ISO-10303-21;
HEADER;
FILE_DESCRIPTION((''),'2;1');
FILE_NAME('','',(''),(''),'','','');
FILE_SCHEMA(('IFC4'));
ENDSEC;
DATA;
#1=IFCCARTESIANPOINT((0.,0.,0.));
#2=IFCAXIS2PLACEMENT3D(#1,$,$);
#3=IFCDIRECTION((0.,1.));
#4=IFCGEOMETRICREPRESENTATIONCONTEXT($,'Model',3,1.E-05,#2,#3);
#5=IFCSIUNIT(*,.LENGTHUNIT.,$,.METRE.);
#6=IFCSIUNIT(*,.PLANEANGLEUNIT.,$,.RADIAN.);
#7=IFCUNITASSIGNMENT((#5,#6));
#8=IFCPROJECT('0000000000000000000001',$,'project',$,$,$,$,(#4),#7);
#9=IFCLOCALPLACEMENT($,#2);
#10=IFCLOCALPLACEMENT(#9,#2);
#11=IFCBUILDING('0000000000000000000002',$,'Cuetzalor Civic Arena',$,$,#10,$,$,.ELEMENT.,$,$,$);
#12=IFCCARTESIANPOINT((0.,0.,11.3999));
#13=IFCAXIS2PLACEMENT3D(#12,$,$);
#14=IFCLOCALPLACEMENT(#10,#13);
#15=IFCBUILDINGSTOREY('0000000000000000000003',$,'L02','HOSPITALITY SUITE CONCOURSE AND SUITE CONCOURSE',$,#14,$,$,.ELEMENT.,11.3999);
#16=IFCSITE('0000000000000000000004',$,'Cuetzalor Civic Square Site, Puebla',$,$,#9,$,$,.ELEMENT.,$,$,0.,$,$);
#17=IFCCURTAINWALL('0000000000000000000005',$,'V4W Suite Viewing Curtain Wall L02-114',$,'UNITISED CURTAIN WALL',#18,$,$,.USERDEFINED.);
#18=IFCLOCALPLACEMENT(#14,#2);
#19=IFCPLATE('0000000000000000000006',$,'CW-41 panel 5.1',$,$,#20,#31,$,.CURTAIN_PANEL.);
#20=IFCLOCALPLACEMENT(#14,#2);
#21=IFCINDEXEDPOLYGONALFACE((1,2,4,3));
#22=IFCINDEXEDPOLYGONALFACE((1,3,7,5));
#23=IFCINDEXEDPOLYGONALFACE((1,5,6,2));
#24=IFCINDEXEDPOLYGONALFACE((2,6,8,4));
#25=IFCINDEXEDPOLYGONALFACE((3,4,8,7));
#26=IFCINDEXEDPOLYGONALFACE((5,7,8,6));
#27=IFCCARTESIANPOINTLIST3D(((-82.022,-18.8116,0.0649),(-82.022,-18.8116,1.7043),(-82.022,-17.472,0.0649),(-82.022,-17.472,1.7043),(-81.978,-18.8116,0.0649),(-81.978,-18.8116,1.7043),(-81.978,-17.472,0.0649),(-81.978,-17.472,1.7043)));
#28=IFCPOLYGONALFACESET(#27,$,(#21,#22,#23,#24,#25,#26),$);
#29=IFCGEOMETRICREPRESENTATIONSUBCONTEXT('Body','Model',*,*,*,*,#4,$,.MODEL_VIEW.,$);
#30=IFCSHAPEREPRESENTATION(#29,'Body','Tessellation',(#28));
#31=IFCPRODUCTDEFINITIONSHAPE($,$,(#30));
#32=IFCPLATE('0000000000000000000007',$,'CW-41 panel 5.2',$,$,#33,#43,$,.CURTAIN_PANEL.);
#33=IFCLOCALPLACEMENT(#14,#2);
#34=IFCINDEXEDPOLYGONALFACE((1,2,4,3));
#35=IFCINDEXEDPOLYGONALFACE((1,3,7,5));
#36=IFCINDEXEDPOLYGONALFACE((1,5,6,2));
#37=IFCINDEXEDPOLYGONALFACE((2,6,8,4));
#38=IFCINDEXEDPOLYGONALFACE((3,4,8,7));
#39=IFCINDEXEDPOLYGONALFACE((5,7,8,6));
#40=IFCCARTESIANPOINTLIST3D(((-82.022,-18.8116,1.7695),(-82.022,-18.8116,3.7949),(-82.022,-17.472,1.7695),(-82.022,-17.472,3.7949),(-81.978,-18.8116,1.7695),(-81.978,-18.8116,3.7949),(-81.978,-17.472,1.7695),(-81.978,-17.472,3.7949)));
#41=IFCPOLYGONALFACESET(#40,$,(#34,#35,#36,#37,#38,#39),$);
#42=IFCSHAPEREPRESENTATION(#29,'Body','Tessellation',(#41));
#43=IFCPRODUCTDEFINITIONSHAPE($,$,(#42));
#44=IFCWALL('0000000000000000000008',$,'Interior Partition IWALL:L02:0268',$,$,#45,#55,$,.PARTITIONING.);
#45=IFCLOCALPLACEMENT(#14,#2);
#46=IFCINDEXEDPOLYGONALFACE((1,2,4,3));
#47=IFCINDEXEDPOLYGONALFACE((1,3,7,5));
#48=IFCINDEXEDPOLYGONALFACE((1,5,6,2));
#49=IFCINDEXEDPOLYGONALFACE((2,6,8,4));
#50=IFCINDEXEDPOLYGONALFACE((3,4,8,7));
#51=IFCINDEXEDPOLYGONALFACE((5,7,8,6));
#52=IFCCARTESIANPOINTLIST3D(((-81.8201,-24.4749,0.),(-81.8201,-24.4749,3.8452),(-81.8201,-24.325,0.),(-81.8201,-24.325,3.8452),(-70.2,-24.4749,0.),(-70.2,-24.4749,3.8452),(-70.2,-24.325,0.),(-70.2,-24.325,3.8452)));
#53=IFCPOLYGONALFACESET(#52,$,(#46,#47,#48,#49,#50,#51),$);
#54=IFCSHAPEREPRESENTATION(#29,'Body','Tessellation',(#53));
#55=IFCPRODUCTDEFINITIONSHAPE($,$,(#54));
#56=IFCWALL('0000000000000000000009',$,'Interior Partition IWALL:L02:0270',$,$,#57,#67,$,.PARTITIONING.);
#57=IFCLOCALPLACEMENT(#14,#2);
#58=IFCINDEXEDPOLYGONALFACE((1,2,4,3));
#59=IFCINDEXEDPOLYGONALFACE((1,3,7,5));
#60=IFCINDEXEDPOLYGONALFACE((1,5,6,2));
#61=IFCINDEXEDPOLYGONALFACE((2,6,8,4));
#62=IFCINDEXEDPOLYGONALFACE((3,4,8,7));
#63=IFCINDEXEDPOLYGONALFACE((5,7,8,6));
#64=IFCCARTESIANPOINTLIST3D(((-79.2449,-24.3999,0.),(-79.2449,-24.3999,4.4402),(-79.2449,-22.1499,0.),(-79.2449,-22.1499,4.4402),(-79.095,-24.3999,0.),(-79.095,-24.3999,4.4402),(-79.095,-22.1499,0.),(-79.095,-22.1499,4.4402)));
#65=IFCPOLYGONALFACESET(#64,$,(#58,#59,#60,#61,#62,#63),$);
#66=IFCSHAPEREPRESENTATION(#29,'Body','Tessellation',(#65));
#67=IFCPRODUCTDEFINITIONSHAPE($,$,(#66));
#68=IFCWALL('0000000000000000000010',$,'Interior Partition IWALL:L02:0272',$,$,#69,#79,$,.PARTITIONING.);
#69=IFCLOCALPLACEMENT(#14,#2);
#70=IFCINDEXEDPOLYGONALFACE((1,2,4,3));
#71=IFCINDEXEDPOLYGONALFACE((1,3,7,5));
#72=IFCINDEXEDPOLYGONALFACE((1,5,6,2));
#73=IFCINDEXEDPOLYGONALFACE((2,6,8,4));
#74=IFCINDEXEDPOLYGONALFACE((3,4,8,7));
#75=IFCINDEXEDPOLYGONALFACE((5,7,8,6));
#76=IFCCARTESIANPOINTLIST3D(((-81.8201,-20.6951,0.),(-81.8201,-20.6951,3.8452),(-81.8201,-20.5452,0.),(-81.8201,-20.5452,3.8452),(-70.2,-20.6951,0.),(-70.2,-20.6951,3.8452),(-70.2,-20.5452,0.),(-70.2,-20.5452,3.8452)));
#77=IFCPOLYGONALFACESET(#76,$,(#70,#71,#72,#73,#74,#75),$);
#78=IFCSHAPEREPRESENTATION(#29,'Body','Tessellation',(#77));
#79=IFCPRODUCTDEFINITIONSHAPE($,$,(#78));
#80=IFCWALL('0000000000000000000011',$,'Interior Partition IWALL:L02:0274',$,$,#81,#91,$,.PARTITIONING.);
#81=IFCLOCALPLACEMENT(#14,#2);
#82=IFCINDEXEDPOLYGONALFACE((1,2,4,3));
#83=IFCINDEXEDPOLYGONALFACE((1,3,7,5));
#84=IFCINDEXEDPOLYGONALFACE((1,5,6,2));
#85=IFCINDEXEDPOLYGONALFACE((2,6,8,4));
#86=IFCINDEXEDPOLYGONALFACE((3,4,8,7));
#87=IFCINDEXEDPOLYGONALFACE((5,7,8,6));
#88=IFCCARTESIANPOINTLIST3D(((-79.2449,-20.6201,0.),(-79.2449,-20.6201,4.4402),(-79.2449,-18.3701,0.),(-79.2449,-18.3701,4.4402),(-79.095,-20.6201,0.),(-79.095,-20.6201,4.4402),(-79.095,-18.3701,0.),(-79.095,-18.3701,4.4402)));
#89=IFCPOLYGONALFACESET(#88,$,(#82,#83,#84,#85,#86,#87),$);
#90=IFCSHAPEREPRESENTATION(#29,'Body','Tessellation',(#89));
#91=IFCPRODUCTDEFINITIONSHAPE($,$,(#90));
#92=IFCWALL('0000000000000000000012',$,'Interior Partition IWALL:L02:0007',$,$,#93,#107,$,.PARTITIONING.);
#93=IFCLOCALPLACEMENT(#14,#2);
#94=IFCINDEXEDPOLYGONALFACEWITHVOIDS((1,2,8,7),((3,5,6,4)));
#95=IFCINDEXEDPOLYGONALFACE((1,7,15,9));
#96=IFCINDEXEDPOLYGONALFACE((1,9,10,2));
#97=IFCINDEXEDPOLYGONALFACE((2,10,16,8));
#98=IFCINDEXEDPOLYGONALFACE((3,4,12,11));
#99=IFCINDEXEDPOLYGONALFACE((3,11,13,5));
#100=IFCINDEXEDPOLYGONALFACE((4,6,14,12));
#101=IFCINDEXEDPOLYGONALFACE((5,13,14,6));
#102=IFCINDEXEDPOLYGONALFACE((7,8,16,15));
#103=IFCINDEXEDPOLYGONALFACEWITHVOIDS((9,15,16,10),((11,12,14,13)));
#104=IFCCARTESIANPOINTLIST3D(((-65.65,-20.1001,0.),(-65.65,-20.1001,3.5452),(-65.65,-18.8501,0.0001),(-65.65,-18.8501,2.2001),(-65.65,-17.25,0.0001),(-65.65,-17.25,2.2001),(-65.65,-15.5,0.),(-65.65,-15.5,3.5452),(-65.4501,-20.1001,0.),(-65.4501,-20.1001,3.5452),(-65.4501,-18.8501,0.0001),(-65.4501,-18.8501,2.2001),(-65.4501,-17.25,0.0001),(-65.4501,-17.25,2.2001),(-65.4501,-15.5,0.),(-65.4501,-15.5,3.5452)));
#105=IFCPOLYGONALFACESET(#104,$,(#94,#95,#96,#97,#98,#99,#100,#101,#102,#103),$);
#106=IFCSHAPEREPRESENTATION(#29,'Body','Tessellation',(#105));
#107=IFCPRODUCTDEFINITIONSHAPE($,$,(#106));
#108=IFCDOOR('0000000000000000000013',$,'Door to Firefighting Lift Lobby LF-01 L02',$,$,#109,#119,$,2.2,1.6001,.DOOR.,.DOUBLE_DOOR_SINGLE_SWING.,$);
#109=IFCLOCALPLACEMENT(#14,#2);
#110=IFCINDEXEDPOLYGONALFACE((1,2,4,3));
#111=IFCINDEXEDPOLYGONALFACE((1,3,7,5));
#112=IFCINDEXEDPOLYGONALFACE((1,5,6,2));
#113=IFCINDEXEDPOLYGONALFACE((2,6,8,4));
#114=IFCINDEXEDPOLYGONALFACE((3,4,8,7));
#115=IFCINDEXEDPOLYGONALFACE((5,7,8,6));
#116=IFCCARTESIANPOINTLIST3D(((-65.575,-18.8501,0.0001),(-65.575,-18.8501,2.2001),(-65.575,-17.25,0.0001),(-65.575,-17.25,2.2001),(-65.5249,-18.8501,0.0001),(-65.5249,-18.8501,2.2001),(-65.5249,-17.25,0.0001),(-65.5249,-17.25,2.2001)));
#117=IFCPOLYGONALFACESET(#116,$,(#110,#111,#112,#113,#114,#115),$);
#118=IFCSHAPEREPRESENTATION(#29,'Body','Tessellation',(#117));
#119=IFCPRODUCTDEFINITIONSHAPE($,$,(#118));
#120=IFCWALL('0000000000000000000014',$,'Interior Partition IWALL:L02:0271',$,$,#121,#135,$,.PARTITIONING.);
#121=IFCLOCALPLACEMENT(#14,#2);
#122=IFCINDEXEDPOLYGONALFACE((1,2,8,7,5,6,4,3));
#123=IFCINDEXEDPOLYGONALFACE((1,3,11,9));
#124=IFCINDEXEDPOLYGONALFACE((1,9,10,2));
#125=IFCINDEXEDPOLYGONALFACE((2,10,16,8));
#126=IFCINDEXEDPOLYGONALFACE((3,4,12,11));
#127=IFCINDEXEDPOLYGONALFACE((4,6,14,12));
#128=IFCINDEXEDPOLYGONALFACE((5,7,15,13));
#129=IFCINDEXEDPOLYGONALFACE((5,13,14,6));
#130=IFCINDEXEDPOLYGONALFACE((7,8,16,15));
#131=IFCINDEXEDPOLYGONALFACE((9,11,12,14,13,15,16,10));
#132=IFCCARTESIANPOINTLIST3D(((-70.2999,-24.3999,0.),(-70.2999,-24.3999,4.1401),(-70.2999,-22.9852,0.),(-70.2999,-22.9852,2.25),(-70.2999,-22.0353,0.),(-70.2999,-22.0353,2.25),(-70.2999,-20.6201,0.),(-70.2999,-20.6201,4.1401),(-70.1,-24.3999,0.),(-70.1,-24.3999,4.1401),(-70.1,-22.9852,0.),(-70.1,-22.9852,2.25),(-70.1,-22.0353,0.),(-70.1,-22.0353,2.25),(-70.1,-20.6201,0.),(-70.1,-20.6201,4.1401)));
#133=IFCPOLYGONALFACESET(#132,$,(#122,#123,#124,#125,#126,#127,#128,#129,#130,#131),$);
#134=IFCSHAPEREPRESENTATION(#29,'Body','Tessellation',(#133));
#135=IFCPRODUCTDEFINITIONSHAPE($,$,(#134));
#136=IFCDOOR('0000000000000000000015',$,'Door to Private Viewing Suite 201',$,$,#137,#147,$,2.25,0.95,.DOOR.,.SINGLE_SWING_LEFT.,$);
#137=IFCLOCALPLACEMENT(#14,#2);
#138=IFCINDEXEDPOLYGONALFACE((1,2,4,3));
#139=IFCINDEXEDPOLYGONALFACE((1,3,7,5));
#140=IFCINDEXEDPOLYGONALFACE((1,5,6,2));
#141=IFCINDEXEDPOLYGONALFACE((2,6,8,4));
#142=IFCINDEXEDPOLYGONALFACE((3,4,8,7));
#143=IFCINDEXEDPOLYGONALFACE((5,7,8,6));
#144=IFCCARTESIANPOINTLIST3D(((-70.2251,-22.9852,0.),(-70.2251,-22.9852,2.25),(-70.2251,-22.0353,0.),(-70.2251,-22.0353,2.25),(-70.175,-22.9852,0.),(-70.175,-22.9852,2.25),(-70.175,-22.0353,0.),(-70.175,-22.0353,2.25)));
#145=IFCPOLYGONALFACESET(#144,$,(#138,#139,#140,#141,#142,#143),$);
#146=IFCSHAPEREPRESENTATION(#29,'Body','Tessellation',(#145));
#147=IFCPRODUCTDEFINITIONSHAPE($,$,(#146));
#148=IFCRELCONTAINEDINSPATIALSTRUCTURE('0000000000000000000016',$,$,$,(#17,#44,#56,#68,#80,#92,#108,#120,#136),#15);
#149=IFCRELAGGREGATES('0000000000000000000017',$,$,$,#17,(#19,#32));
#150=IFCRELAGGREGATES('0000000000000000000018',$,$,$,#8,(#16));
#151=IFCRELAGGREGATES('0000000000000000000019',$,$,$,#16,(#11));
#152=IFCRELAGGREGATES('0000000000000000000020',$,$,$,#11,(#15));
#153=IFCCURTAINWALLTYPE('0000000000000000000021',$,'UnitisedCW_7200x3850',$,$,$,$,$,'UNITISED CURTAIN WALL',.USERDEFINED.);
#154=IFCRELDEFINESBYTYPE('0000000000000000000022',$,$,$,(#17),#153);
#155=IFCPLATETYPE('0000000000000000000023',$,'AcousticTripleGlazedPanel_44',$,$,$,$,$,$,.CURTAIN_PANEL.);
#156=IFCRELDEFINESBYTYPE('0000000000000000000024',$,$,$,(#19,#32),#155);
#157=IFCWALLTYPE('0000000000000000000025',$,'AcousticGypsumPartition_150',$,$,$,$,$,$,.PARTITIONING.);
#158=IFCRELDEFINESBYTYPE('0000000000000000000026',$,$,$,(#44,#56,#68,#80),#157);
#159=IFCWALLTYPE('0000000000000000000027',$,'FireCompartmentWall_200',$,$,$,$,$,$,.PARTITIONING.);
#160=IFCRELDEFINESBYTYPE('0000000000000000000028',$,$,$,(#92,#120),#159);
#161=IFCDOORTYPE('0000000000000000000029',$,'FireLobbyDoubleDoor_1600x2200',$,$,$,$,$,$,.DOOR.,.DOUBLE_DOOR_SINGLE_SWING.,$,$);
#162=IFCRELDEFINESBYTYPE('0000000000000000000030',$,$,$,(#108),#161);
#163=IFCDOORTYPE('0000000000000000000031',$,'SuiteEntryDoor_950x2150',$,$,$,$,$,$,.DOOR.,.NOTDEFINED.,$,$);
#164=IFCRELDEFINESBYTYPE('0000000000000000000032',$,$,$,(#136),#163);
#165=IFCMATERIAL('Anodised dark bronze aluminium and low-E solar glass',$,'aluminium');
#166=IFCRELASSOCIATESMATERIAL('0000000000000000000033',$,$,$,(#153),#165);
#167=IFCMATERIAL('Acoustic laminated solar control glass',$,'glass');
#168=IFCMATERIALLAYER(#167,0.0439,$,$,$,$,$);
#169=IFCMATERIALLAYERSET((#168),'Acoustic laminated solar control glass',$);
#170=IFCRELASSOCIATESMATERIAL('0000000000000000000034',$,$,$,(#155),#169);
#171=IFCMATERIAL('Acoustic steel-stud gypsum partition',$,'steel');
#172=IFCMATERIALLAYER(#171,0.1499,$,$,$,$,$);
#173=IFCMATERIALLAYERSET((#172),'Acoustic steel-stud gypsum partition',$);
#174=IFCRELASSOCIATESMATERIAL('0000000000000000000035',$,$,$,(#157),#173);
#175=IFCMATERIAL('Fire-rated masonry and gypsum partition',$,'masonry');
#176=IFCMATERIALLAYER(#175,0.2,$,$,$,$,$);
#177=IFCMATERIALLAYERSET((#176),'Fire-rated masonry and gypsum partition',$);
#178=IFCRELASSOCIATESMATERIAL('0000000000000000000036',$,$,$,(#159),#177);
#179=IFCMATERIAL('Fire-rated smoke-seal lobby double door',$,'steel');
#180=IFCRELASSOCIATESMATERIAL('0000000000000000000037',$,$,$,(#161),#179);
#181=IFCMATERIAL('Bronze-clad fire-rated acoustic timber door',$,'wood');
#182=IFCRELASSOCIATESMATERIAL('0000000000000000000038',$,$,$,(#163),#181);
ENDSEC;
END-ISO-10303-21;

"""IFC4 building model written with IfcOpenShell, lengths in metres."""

from ifc_helpers import new_model, si_unit, direction, frame, frame_2d, origin, origin_2d, place, context, subcontext, project, spatial, rectangle, extrude, material, layer, layer_set, type_object, element, fill, aggregate, save


model = new_model("IFC4")

# Units and contexts
model_context = context("Model", 3, precision=1e-05, world=origin(), true_north=direction((0.0, 1.0)))
body_context = subcontext(model_context, "Body", "Model", "MODEL_VIEW")
ifc_project = project(units=[si_unit("LENGTHUNIT", "METRE"), si_unit("PLANEANGLEUNIT", "RADIAN")], contexts=[model_context])

# Site, building, storey
site_placement = place(None, origin())
site = spatial("IfcSite", under=ifc_project, at=site_placement, Name="Cuetzalor Civic Square Site, Puebla", CompositionType="ELEMENT", RefElevation=0.0)
building_placement = place(site_placement, origin())
building = spatial("IfcBuilding", under=site, at=building_placement, Name="Cuetzalor Civic Arena", CompositionType="ELEMENT")
storey_placement = place(building_placement, frame((0.0, 0.0, 11.3999)))
storey = spatial("IfcBuildingStorey", under=building, at=storey_placement, Name="L02", Description="HOSPITALITY SUITE CONCOURSE AND SUITE CONCOURSE", CompositionType="ELEMENT", Elevation=11.3999)

# Curtain wall
ifc_material_1 = material(Name="Anodised dark bronze aluminium and low-E solar glass", Category="aluminium")
curtain_wall_type = type_object("IfcCurtainWallType", Name="UnitisedCW_7200x3850", ElementType="UNITISED CURTAIN WALL", PredefinedType="USERDEFINED", material=ifc_material_1)
curtain_wall_placement = place(storey_placement, origin())
curtain_wall = element("IfcCurtainWall", 1, at=curtain_wall_placement, inside=storey, type_object=curtain_wall_type, Name="V4W Suite Viewing Curtain Wall L02-114", ObjectType="UNITISED CURTAIN WALL", PredefinedType="USERDEFINED")

# Plates
ifc_material_2 = material(Name="Acoustic laminated solar control glass", Category="glass")
ifc_layer_1 = layer(ifc_material_2, 0.0439)
ifc_layer_set_1 = layer_set([ifc_layer_1], Name="Acoustic laminated solar control glass")
plate_type = type_object("IfcPlateType", Name="AcousticTripleGlazedPanel_44", PredefinedType="CURTAIN_PANEL", material=ifc_layer_set_1)
plate_1_placement = place(storey_placement, frame((-82.0, -18.1418, 0.0649), z_axis=(0.0, 0.0, 1.0), x_axis=(0.0, 1.0, 0.0)))
plate_1 = element("IfcPlate", 2, at=plate_1_placement, type_object=plate_type, Name="CW-41 panel 5.1", PredefinedType="CURTAIN_PANEL", context=body_context, shape_type="SweptSolid", body=[
    extrude(rectangle(XDim=1.3396, YDim=0.0439, at=origin_2d()), origin(), (0.0, 0.0, 1.0), 1.6394),
])
plate_2_placement = place(storey_placement, frame((-82.0, -18.1418, 1.7695), z_axis=(0.0, 0.0, 1.0), x_axis=(0.0, 1.0, 0.0)))
plate_2 = element("IfcPlate", 3, at=plate_2_placement, type_object=plate_type, Name="CW-41 panel 5.2", PredefinedType="CURTAIN_PANEL", context=body_context, shape_type="SweptSolid", body=[
    extrude(rectangle(XDim=1.3396, YDim=0.0439, at=origin_2d()), origin(), (0.0, 0.0, 1.0), 2.0254),
])
aggregate(curtain_wall, [plate_1, plate_2])

# Wall
ifc_material_3 = material(Name="Acoustic steel-stud gypsum partition", Category="steel")
ifc_layer_2 = layer(ifc_material_3, 0.1499)
ifc_layer_set_2 = layer_set([ifc_layer_2], Name="Acoustic steel-stud gypsum partition")
wall_type_1 = type_object("IfcWallType", Name="AcousticGypsumPartition_150", PredefinedType="PARTITIONING", material=ifc_layer_set_2)
wall_1_placement = place(storey_placement, frame((-81.8201, -24.3999, 0.0), z_axis=(0.0, 0.0, 1.0), x_axis=(1.0, 0.0, 0.0)))
element("IfcWall", 4, at=wall_1_placement, inside=storey, type_object=wall_type_1, Name="Interior Partition IWALL:L02:0268", PredefinedType="PARTITIONING", context=body_context, shape_type="SweptSolid", body=[
    extrude(rectangle(XDim=11.6201, YDim=0.1499, at=frame_2d((5.8101, 0.0))), origin(), (0.0, 0.0, 1.0), 3.8452),
])

# Walls
wall_2_placement = place(storey_placement, frame((-79.1699, -22.1499, 0.0), z_axis=(0.0, 0.0, 1.0), x_axis=(0.0, -1.0, 0.0)))
element("IfcWall", 5, at=wall_2_placement, inside=storey, type_object=wall_type_1, Name="Interior Partition IWALL:L02:0270", PredefinedType="PARTITIONING", context=body_context, shape_type="SweptSolid", body=[
    extrude(rectangle(XDim=2.25, YDim=0.1499, at=frame_2d((1.125, 0.0))), origin(), (0.0, 0.0, 1.0), 4.4402),
])
wall_3_placement = place(storey_placement, frame((-81.8201, -20.6201, 0.0), z_axis=(0.0, 0.0, 1.0), x_axis=(1.0, 0.0, 0.0)))
element("IfcWall", 6, at=wall_3_placement, inside=storey, type_object=wall_type_1, Name="Interior Partition IWALL:L02:0272", PredefinedType="PARTITIONING", context=body_context, shape_type="SweptSolid", body=[
    extrude(rectangle(XDim=11.6201, YDim=0.1499, at=frame_2d((5.8101, 0.0))), origin(), (0.0, 0.0, 1.0), 3.8452),
])

# Wall
wall_4_placement = place(storey_placement, frame((-79.1699, -18.3701, 0.0), z_axis=(0.0, 0.0, 1.0), x_axis=(0.0, -1.0, 0.0)))
element("IfcWall", 7, at=wall_4_placement, inside=storey, type_object=wall_type_1, Name="Interior Partition IWALL:L02:0274", PredefinedType="PARTITIONING", context=body_context, shape_type="SweptSolid", body=[
    extrude(rectangle(XDim=2.25, YDim=0.1499, at=frame_2d((1.125, 0.0))), origin(), (0.0, 0.0, 1.0), 4.4402),
])

# Walls, openings, doors
ifc_material_4 = material(Name="Fire-rated masonry and gypsum partition", Category="masonry")
ifc_layer_3 = layer(ifc_material_4, 0.2)
ifc_layer_set_3 = layer_set([ifc_layer_3], Name="Fire-rated masonry and gypsum partition")
wall_type_2 = type_object("IfcWallType", Name="FireCompartmentWall_200", PredefinedType="PARTITIONING", material=ifc_layer_set_3)
wall_5_placement = place(storey_placement, frame((-65.55, -20.1001, 0.0), z_axis=(0.0, 0.0, 1.0), x_axis=(0.0, 1.0, 0.0)))
wall_5 = element("IfcWall", 8, at=wall_5_placement, inside=storey, type_object=wall_type_2, Name="Interior Partition IWALL:L02:0007", PredefinedType="PARTITIONING", context=body_context, shape_type="SweptSolid", body=[
    extrude(rectangle(XDim=4.6001, YDim=0.2, at=frame_2d((2.3, 0.0))), origin(), (0.0, 0.0, 1.0), 3.5452),
])
opening_1_placement = place(wall_5_placement, frame((1.25, 0.0, 0.0)))
opening_1 = element("IfcOpeningElement", 9, at=opening_1_placement, cuts=wall_5, PredefinedType="OPENING", context=body_context, shape_type="SweptSolid", body=[
    extrude(rectangle(XDim=1.6001, YDim=2.2, at=frame_2d((0.8, 1.1001))), frame((0.0, 0.1099, 0.0), z_axis=(0.0, -1.0, 0.0), x_axis=(1.0, 0.0, 0.0)), (0.0, 0.0, 1.0), 0.22),
])
ifc_material_5 = material(Name="Fire-rated smoke-seal lobby double door", Category="steel")
door_type_1 = type_object("IfcDoorType", Name="FireLobbyDoubleDoor_1600x2200", OperationType="DOUBLE_DOOR_SINGLE_SWING", PredefinedType="DOOR", material=ifc_material_5)
door_1_placement = place(opening_1_placement, origin())
door_1 = element("IfcDoor", 10, at=door_1_placement, inside=storey, type_object=door_type_1, Name="Door to Firefighting Lift Lobby LF-01 L02", OperationType="DOUBLE_DOOR_SINGLE_SWING", OverallHeight=2.2, OverallWidth=1.6001, PredefinedType="DOOR", context=body_context, shape_type="SweptSolid", body=[
    extrude(rectangle(XDim=1.6001, YDim=2.2, at=frame_2d((0.8, 1.1001))), frame((0.0, 0.0249, 0.0), z_axis=(0.0, -1.0, 0.0), x_axis=(1.0, 0.0, 0.0)), (0.0, 0.0, 1.0), 0.05),
])
fill(opening_1, door_1)
wall_6_placement = place(storey_placement, frame((-70.2, -20.6201, 0.0), z_axis=(0.0, 0.0, 1.0), x_axis=(0.0, -1.0, 0.0)))
wall_6 = element("IfcWall", 11, at=wall_6_placement, inside=storey, type_object=wall_type_2, Name="Interior Partition IWALL:L02:0271", PredefinedType="PARTITIONING", context=body_context, shape_type="SweptSolid", body=[
    extrude(rectangle(XDim=3.7798, YDim=0.2, at=frame_2d((1.8899, 0.0))), origin(), (0.0, 0.0, 1.0), 4.1401),
])
opening_2_placement = place(wall_6_placement, frame((1.415, 0.0, 0.0)))
opening_2 = element("IfcOpeningElement", 12, at=opening_2_placement, cuts=wall_6, PredefinedType="OPENING", context=body_context, shape_type="SweptSolid", body=[
    extrude(rectangle(XDim=0.95, YDim=2.25, at=frame_2d((0.4751, 1.125))), frame((0.0, 0.1099, 0.0), z_axis=(0.0, -1.0, 0.0), x_axis=(1.0, 0.0, 0.0)), (0.0, 0.0, 1.0), 0.22),
])
ifc_material_6 = material(Name="Bronze-clad fire-rated acoustic timber door", Category="wood")
door_type_2 = type_object("IfcDoorType", Name="SuiteEntryDoor_950x2150", OperationType="NOTDEFINED", PredefinedType="DOOR", material=ifc_material_6)
door_2_placement = place(opening_2_placement, origin())
door_2 = element("IfcDoor", 13, at=door_2_placement, inside=storey, type_object=door_type_2, Name="Door to Private Viewing Suite 201", OperationType="SINGLE_SWING_LEFT", OverallHeight=2.25, OverallWidth=0.95, PredefinedType="DOOR", context=body_context, shape_type="SweptSolid", body=[
    extrude(rectangle(XDim=0.95, YDim=2.25, at=frame_2d((0.4751, 1.125))), frame((0.0, 0.0249, 0.0), z_axis=(0.0, -1.0, 0.0), x_axis=(1.0, 0.0, 0.0)), (0.0, 0.0, 1.0), 0.05),
])
fill(opening_2, door_2)

save(model, "model.ifc")
